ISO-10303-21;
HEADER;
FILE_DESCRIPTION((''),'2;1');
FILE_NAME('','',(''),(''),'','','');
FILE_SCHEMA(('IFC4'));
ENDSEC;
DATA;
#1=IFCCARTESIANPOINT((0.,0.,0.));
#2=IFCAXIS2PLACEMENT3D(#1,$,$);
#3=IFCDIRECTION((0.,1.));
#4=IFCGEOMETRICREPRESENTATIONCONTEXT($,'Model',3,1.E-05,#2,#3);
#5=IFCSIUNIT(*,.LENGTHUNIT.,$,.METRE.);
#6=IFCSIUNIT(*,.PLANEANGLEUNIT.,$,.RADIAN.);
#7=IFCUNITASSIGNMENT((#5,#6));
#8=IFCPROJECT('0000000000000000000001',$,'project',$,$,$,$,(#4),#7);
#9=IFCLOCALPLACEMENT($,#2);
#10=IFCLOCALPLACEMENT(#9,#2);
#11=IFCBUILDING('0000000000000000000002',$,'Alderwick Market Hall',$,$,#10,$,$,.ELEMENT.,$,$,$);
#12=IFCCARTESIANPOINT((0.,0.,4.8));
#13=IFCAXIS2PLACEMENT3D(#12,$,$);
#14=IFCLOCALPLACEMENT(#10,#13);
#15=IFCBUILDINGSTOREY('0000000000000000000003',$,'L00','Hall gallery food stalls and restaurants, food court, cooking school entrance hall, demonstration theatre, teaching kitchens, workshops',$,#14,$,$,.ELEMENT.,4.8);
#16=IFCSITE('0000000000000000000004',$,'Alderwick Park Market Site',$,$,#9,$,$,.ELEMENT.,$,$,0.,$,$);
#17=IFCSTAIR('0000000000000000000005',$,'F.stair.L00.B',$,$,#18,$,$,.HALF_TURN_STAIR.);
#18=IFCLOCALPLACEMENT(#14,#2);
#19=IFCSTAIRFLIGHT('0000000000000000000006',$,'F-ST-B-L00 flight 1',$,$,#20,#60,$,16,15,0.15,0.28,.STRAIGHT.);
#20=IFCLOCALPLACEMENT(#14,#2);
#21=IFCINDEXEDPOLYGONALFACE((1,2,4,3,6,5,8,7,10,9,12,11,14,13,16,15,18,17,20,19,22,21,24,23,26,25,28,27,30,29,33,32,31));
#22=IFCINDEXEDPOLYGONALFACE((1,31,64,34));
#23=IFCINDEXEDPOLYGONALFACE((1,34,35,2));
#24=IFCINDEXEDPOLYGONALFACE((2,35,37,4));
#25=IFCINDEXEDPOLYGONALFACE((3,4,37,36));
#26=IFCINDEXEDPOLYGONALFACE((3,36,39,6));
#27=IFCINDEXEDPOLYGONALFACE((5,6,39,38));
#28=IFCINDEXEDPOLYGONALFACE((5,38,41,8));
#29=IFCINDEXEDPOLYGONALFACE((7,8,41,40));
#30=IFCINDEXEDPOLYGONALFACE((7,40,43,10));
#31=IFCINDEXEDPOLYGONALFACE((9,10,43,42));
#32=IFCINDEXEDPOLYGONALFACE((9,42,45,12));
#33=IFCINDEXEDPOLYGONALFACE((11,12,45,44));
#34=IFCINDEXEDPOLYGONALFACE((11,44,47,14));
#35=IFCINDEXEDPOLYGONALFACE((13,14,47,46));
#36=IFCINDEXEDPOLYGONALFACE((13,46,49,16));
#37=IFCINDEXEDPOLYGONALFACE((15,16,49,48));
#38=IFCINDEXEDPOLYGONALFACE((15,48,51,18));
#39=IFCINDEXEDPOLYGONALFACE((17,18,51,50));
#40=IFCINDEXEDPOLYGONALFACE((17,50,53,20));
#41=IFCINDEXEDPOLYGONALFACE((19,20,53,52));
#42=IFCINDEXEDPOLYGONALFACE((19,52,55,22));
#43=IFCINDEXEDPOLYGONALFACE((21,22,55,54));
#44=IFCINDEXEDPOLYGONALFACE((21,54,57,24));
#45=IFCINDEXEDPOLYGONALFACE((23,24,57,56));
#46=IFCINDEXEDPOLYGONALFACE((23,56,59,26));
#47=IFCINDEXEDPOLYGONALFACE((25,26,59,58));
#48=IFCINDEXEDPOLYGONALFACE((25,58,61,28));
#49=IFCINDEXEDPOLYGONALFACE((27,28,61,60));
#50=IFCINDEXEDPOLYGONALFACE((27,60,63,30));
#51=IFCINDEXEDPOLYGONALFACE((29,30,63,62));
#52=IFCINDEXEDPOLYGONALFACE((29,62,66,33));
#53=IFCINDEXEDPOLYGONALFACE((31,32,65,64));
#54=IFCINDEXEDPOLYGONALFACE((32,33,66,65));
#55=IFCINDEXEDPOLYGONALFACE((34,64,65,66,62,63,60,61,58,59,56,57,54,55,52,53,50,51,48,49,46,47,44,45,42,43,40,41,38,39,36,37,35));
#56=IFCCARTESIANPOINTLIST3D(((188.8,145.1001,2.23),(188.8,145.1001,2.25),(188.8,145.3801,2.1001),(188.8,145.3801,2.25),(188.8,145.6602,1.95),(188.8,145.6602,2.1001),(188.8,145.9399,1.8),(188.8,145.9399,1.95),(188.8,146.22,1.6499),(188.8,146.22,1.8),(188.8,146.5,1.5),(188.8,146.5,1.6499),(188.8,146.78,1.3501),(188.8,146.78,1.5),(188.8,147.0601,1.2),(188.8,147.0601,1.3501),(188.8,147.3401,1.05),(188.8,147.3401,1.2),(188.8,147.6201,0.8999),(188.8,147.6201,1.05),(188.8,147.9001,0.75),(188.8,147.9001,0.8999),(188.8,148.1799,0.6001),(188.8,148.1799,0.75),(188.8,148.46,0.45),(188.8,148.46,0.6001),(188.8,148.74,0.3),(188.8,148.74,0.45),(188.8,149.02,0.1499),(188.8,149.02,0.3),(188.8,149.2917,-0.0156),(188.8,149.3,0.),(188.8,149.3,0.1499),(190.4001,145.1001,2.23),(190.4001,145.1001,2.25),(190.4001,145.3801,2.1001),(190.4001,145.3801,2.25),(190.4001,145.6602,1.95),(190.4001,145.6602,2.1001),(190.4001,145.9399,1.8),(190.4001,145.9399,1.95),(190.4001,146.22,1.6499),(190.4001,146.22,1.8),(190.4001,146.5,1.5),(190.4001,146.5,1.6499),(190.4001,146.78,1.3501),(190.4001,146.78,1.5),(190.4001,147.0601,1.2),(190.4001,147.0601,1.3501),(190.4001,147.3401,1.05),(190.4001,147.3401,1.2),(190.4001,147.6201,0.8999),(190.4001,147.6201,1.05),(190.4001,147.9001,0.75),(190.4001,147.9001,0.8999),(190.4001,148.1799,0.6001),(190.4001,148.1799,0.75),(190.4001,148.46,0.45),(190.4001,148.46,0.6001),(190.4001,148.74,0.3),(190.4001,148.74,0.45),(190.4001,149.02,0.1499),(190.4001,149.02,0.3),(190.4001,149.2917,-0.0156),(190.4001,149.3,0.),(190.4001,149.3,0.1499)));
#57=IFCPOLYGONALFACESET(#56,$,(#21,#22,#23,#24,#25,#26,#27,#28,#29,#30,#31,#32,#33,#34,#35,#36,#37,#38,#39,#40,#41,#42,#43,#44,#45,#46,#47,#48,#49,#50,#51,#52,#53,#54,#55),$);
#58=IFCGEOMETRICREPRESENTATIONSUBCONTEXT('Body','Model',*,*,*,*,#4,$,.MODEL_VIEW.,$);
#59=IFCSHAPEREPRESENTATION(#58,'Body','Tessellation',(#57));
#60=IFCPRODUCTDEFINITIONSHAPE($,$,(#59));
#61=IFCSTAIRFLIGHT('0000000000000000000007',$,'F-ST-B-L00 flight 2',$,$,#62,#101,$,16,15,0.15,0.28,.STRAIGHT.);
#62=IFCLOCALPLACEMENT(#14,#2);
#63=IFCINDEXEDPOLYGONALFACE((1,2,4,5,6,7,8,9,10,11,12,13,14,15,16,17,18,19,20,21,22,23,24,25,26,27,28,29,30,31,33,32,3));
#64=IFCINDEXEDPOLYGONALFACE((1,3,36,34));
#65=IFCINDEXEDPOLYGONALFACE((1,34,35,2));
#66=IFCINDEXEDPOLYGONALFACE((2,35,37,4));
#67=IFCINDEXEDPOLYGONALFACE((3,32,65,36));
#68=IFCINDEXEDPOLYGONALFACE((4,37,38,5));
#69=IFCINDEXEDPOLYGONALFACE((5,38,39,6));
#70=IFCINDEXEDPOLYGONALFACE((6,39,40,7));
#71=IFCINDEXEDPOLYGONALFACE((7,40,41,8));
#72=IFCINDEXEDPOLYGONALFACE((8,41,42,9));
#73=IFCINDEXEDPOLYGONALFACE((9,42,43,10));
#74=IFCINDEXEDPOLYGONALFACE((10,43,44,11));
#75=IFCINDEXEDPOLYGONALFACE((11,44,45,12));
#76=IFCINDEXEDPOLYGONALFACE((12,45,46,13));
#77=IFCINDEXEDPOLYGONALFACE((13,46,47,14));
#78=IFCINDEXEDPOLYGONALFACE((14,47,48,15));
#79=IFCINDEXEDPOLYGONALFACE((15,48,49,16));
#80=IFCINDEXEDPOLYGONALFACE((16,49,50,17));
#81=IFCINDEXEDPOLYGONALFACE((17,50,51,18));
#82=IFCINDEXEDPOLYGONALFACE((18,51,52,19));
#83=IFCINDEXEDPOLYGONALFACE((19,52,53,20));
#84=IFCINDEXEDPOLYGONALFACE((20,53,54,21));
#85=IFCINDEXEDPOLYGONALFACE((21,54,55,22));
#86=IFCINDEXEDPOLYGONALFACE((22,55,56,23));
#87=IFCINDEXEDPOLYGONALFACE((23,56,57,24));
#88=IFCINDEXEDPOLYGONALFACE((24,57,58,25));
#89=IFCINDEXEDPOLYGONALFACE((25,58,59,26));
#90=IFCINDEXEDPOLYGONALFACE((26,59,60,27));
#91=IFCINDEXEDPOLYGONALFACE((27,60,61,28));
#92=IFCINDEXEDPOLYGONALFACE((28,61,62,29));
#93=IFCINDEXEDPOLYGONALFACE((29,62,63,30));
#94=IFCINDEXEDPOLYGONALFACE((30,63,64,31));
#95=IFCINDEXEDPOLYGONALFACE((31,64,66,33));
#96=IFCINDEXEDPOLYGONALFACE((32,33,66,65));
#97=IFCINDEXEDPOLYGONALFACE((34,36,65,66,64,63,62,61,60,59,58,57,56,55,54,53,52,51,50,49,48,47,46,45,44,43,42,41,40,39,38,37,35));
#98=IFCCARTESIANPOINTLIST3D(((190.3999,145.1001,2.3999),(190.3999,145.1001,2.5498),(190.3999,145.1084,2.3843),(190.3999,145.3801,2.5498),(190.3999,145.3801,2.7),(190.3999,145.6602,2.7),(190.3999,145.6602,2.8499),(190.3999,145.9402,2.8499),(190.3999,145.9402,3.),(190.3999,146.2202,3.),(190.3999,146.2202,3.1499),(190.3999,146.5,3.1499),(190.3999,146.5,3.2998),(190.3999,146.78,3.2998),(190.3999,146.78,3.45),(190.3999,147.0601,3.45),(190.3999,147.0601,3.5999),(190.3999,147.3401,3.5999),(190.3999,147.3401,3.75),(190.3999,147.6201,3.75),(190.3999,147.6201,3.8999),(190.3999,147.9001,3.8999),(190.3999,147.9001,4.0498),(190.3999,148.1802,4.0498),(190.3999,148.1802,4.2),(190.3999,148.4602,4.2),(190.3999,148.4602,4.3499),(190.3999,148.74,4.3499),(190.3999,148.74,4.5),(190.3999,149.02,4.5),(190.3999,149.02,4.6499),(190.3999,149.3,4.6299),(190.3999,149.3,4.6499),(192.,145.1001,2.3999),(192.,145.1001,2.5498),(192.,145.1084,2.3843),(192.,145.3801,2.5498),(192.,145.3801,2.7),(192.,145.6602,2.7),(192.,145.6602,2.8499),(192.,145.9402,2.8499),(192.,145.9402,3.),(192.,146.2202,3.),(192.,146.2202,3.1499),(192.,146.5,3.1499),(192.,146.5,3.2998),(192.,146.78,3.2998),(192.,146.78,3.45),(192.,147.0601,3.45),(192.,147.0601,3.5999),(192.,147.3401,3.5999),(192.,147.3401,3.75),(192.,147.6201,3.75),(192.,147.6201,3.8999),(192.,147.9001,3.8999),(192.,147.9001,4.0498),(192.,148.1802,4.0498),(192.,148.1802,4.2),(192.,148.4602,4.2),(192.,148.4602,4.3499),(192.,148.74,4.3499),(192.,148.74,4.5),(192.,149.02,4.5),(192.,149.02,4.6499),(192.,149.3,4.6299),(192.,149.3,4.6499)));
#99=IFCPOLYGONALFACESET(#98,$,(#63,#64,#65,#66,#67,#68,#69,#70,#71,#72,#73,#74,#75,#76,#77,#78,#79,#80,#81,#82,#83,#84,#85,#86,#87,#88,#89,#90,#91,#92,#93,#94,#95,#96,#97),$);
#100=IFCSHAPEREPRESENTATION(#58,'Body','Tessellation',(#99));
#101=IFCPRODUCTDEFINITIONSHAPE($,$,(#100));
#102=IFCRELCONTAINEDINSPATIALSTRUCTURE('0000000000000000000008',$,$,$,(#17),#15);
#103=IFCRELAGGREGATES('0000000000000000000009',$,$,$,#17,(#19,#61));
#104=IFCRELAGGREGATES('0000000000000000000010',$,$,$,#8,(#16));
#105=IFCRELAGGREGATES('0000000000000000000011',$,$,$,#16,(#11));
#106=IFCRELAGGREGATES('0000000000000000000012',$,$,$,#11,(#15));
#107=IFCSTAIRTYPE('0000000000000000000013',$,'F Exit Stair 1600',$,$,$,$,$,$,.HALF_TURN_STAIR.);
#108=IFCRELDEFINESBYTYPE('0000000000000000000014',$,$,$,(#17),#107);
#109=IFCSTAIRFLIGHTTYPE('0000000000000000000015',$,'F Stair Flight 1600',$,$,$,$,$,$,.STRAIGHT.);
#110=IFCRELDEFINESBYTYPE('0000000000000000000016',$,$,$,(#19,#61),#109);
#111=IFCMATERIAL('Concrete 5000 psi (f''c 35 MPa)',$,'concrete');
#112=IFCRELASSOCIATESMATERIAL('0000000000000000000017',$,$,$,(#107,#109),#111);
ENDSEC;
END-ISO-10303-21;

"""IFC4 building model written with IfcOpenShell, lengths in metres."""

from ifc_helpers import new_model, si_unit, direction, frame, origin, place, context, subcontext, project, spatial, polyline, outline, extrude, material, type_object, element, aggregate, save


model = new_model("IFC4")

# Units and contexts
model_context = context("Model", 3, precision=1e-05, world=origin(), true_north=direction((0.0, 1.0)))
body_context = subcontext(model_context, "Body", "Model", "MODEL_VIEW")
ifc_project = project(units=[si_unit("LENGTHUNIT", "METRE"), si_unit("PLANEANGLEUNIT", "RADIAN")], contexts=[model_context])

# Site, building, storey
site_placement = place(None, origin())
site = spatial("IfcSite", under=ifc_project, at=site_placement, Name="Alderwick Park Market Site", CompositionType="ELEMENT", RefElevation=0.0)
building_placement = place(site_placement, origin())
building = spatial("IfcBuilding", under=site, at=building_placement, Name="Alderwick Market Hall", CompositionType="ELEMENT")
storey_placement = place(building_placement, frame((0.0, 0.0, 4.8)))
storey = spatial("IfcBuildingStorey", under=building, at=storey_placement, Name="L00", Description="Hall gallery food stalls and restaurants, food court, cooking school entrance hall, demonstration theatre, teaching kitchens, workshops", CompositionType="ELEMENT", Elevation=4.8)

# Shared definitions
ifc_material_1 = material(Name="Concrete 5000 psi (f'c 35 MPa)", Category="concrete")

# Stair, stair flights
stair_type = type_object("IfcStairType", Name="F Exit Stair 1600", PredefinedType="HALF_TURN_STAIR", material=ifc_material_1)
stair_placement = place(storey_placement, origin())
stair = element("IfcStair", 1, at=stair_placement, inside=storey, type_object=stair_type, Name="F.stair.L00.B", PredefinedType="HALF_TURN_STAIR")
stair_flight_type = type_object("IfcStairFlightType", Name="F Stair Flight 1600", PredefinedType="STRAIGHT", material=ifc_material_1)
stair_flight_1_placement = place(storey_placement, frame((189.6001, 149.3, 0.0), z_axis=(0.0, 0.0, 1.0), x_axis=(0.0, -1.0, 0.0)))
stair_flight_1 = element("IfcStairFlight", 2, at=stair_flight_1_placement, type_object=stair_flight_type, Name="F-ST-B-L00 flight 1", NumberOfRisers=16, NumberOfTreads=15, PredefinedType="STRAIGHT", RiserHeight=0.15, TreadLength=0.28, context=body_context, shape_type="SweptSolid", body=[
    extrude(outline(polyline([(0.0083, -0.0156), (0.0, 0.0), (0.0, 0.1499), (0.28, 0.1499), (0.28, 0.3), (0.5601, 0.3), (0.5601, 0.45), (0.8401, 0.45), (0.8401, 0.6001), (1.1201, 0.6001), (1.1201, 0.75), (1.3999, 0.75), (1.3999, 0.8999), (1.6799, 0.8999), (1.6799, 1.05), (1.96, 1.05), (1.96, 1.2), (2.24, 1.2), (2.24, 1.3501), (2.52, 1.3501), (2.52, 1.5), (2.8, 1.5), (2.8, 1.6499), (3.0801, 1.6499), (3.0801, 1.8), (3.3601, 1.8), (3.3601, 1.95), (3.6399, 1.95), (3.6399, 2.1001), (3.9199, 2.1001), (3.9199, 2.25), (4.2, 2.25), (4.2, 2.23), (0.0083, -0.0156)])), frame((0.0, 0.8, 0.0), z_axis=(0.0, -1.0, 0.0), x_axis=(1.0, 0.0, 0.0)), (0.0, 0.0, 1.0), 1.6001),
])
stair_flight_2_placement = place(storey_placement, frame((191.2, 145.1001, 2.3999), z_axis=(0.0, 0.0, 1.0), x_axis=(0.0, 1.0, 0.0)))
stair_flight_2 = element("IfcStairFlight", 3, at=stair_flight_2_placement, type_object=stair_flight_type, Name="F-ST-B-L00 flight 2", NumberOfRisers=16, NumberOfTreads=15, PredefinedType="STRAIGHT", RiserHeight=0.15, TreadLength=0.28, context=body_context, shape_type="SweptSolid", body=[
    extrude(outline(polyline([(0.0083, -0.0156), (0.0, 0.0), (0.0, 0.1499), (0.28, 0.1499), (0.28, 0.3), (0.5601, 0.3), (0.5601, 0.45), (0.8401, 0.45), (0.8401, 0.6001), (1.1201, 0.6001), (1.1201, 0.75), (1.3999, 0.75), (1.3999, 0.8999), (1.6799, 0.8999), (1.6799, 1.05), (1.96, 1.05), (1.96, 1.2), (2.24, 1.2), (2.24, 1.3501), (2.52, 1.3501), (2.52, 1.5), (2.8, 1.5), (2.8, 1.6499), (3.0801, 1.6499), (3.0801, 1.8), (3.3601, 1.8), (3.3601, 1.95), (3.6399, 1.95), (3.6399, 2.1001), (3.9199, 2.1001), (3.9199, 2.25), (4.2, 2.25), (4.2, 2.23), (0.0083, -0.0156)])), frame((0.0, 0.8, 0.0), z_axis=(0.0, -1.0, 0.0), x_axis=(1.0, 0.0, 0.0)), (0.0, 0.0, 1.0), 1.6001),
])
aggregate(stair, [stair_flight_1, stair_flight_2])

save(model, "model.ifc")
